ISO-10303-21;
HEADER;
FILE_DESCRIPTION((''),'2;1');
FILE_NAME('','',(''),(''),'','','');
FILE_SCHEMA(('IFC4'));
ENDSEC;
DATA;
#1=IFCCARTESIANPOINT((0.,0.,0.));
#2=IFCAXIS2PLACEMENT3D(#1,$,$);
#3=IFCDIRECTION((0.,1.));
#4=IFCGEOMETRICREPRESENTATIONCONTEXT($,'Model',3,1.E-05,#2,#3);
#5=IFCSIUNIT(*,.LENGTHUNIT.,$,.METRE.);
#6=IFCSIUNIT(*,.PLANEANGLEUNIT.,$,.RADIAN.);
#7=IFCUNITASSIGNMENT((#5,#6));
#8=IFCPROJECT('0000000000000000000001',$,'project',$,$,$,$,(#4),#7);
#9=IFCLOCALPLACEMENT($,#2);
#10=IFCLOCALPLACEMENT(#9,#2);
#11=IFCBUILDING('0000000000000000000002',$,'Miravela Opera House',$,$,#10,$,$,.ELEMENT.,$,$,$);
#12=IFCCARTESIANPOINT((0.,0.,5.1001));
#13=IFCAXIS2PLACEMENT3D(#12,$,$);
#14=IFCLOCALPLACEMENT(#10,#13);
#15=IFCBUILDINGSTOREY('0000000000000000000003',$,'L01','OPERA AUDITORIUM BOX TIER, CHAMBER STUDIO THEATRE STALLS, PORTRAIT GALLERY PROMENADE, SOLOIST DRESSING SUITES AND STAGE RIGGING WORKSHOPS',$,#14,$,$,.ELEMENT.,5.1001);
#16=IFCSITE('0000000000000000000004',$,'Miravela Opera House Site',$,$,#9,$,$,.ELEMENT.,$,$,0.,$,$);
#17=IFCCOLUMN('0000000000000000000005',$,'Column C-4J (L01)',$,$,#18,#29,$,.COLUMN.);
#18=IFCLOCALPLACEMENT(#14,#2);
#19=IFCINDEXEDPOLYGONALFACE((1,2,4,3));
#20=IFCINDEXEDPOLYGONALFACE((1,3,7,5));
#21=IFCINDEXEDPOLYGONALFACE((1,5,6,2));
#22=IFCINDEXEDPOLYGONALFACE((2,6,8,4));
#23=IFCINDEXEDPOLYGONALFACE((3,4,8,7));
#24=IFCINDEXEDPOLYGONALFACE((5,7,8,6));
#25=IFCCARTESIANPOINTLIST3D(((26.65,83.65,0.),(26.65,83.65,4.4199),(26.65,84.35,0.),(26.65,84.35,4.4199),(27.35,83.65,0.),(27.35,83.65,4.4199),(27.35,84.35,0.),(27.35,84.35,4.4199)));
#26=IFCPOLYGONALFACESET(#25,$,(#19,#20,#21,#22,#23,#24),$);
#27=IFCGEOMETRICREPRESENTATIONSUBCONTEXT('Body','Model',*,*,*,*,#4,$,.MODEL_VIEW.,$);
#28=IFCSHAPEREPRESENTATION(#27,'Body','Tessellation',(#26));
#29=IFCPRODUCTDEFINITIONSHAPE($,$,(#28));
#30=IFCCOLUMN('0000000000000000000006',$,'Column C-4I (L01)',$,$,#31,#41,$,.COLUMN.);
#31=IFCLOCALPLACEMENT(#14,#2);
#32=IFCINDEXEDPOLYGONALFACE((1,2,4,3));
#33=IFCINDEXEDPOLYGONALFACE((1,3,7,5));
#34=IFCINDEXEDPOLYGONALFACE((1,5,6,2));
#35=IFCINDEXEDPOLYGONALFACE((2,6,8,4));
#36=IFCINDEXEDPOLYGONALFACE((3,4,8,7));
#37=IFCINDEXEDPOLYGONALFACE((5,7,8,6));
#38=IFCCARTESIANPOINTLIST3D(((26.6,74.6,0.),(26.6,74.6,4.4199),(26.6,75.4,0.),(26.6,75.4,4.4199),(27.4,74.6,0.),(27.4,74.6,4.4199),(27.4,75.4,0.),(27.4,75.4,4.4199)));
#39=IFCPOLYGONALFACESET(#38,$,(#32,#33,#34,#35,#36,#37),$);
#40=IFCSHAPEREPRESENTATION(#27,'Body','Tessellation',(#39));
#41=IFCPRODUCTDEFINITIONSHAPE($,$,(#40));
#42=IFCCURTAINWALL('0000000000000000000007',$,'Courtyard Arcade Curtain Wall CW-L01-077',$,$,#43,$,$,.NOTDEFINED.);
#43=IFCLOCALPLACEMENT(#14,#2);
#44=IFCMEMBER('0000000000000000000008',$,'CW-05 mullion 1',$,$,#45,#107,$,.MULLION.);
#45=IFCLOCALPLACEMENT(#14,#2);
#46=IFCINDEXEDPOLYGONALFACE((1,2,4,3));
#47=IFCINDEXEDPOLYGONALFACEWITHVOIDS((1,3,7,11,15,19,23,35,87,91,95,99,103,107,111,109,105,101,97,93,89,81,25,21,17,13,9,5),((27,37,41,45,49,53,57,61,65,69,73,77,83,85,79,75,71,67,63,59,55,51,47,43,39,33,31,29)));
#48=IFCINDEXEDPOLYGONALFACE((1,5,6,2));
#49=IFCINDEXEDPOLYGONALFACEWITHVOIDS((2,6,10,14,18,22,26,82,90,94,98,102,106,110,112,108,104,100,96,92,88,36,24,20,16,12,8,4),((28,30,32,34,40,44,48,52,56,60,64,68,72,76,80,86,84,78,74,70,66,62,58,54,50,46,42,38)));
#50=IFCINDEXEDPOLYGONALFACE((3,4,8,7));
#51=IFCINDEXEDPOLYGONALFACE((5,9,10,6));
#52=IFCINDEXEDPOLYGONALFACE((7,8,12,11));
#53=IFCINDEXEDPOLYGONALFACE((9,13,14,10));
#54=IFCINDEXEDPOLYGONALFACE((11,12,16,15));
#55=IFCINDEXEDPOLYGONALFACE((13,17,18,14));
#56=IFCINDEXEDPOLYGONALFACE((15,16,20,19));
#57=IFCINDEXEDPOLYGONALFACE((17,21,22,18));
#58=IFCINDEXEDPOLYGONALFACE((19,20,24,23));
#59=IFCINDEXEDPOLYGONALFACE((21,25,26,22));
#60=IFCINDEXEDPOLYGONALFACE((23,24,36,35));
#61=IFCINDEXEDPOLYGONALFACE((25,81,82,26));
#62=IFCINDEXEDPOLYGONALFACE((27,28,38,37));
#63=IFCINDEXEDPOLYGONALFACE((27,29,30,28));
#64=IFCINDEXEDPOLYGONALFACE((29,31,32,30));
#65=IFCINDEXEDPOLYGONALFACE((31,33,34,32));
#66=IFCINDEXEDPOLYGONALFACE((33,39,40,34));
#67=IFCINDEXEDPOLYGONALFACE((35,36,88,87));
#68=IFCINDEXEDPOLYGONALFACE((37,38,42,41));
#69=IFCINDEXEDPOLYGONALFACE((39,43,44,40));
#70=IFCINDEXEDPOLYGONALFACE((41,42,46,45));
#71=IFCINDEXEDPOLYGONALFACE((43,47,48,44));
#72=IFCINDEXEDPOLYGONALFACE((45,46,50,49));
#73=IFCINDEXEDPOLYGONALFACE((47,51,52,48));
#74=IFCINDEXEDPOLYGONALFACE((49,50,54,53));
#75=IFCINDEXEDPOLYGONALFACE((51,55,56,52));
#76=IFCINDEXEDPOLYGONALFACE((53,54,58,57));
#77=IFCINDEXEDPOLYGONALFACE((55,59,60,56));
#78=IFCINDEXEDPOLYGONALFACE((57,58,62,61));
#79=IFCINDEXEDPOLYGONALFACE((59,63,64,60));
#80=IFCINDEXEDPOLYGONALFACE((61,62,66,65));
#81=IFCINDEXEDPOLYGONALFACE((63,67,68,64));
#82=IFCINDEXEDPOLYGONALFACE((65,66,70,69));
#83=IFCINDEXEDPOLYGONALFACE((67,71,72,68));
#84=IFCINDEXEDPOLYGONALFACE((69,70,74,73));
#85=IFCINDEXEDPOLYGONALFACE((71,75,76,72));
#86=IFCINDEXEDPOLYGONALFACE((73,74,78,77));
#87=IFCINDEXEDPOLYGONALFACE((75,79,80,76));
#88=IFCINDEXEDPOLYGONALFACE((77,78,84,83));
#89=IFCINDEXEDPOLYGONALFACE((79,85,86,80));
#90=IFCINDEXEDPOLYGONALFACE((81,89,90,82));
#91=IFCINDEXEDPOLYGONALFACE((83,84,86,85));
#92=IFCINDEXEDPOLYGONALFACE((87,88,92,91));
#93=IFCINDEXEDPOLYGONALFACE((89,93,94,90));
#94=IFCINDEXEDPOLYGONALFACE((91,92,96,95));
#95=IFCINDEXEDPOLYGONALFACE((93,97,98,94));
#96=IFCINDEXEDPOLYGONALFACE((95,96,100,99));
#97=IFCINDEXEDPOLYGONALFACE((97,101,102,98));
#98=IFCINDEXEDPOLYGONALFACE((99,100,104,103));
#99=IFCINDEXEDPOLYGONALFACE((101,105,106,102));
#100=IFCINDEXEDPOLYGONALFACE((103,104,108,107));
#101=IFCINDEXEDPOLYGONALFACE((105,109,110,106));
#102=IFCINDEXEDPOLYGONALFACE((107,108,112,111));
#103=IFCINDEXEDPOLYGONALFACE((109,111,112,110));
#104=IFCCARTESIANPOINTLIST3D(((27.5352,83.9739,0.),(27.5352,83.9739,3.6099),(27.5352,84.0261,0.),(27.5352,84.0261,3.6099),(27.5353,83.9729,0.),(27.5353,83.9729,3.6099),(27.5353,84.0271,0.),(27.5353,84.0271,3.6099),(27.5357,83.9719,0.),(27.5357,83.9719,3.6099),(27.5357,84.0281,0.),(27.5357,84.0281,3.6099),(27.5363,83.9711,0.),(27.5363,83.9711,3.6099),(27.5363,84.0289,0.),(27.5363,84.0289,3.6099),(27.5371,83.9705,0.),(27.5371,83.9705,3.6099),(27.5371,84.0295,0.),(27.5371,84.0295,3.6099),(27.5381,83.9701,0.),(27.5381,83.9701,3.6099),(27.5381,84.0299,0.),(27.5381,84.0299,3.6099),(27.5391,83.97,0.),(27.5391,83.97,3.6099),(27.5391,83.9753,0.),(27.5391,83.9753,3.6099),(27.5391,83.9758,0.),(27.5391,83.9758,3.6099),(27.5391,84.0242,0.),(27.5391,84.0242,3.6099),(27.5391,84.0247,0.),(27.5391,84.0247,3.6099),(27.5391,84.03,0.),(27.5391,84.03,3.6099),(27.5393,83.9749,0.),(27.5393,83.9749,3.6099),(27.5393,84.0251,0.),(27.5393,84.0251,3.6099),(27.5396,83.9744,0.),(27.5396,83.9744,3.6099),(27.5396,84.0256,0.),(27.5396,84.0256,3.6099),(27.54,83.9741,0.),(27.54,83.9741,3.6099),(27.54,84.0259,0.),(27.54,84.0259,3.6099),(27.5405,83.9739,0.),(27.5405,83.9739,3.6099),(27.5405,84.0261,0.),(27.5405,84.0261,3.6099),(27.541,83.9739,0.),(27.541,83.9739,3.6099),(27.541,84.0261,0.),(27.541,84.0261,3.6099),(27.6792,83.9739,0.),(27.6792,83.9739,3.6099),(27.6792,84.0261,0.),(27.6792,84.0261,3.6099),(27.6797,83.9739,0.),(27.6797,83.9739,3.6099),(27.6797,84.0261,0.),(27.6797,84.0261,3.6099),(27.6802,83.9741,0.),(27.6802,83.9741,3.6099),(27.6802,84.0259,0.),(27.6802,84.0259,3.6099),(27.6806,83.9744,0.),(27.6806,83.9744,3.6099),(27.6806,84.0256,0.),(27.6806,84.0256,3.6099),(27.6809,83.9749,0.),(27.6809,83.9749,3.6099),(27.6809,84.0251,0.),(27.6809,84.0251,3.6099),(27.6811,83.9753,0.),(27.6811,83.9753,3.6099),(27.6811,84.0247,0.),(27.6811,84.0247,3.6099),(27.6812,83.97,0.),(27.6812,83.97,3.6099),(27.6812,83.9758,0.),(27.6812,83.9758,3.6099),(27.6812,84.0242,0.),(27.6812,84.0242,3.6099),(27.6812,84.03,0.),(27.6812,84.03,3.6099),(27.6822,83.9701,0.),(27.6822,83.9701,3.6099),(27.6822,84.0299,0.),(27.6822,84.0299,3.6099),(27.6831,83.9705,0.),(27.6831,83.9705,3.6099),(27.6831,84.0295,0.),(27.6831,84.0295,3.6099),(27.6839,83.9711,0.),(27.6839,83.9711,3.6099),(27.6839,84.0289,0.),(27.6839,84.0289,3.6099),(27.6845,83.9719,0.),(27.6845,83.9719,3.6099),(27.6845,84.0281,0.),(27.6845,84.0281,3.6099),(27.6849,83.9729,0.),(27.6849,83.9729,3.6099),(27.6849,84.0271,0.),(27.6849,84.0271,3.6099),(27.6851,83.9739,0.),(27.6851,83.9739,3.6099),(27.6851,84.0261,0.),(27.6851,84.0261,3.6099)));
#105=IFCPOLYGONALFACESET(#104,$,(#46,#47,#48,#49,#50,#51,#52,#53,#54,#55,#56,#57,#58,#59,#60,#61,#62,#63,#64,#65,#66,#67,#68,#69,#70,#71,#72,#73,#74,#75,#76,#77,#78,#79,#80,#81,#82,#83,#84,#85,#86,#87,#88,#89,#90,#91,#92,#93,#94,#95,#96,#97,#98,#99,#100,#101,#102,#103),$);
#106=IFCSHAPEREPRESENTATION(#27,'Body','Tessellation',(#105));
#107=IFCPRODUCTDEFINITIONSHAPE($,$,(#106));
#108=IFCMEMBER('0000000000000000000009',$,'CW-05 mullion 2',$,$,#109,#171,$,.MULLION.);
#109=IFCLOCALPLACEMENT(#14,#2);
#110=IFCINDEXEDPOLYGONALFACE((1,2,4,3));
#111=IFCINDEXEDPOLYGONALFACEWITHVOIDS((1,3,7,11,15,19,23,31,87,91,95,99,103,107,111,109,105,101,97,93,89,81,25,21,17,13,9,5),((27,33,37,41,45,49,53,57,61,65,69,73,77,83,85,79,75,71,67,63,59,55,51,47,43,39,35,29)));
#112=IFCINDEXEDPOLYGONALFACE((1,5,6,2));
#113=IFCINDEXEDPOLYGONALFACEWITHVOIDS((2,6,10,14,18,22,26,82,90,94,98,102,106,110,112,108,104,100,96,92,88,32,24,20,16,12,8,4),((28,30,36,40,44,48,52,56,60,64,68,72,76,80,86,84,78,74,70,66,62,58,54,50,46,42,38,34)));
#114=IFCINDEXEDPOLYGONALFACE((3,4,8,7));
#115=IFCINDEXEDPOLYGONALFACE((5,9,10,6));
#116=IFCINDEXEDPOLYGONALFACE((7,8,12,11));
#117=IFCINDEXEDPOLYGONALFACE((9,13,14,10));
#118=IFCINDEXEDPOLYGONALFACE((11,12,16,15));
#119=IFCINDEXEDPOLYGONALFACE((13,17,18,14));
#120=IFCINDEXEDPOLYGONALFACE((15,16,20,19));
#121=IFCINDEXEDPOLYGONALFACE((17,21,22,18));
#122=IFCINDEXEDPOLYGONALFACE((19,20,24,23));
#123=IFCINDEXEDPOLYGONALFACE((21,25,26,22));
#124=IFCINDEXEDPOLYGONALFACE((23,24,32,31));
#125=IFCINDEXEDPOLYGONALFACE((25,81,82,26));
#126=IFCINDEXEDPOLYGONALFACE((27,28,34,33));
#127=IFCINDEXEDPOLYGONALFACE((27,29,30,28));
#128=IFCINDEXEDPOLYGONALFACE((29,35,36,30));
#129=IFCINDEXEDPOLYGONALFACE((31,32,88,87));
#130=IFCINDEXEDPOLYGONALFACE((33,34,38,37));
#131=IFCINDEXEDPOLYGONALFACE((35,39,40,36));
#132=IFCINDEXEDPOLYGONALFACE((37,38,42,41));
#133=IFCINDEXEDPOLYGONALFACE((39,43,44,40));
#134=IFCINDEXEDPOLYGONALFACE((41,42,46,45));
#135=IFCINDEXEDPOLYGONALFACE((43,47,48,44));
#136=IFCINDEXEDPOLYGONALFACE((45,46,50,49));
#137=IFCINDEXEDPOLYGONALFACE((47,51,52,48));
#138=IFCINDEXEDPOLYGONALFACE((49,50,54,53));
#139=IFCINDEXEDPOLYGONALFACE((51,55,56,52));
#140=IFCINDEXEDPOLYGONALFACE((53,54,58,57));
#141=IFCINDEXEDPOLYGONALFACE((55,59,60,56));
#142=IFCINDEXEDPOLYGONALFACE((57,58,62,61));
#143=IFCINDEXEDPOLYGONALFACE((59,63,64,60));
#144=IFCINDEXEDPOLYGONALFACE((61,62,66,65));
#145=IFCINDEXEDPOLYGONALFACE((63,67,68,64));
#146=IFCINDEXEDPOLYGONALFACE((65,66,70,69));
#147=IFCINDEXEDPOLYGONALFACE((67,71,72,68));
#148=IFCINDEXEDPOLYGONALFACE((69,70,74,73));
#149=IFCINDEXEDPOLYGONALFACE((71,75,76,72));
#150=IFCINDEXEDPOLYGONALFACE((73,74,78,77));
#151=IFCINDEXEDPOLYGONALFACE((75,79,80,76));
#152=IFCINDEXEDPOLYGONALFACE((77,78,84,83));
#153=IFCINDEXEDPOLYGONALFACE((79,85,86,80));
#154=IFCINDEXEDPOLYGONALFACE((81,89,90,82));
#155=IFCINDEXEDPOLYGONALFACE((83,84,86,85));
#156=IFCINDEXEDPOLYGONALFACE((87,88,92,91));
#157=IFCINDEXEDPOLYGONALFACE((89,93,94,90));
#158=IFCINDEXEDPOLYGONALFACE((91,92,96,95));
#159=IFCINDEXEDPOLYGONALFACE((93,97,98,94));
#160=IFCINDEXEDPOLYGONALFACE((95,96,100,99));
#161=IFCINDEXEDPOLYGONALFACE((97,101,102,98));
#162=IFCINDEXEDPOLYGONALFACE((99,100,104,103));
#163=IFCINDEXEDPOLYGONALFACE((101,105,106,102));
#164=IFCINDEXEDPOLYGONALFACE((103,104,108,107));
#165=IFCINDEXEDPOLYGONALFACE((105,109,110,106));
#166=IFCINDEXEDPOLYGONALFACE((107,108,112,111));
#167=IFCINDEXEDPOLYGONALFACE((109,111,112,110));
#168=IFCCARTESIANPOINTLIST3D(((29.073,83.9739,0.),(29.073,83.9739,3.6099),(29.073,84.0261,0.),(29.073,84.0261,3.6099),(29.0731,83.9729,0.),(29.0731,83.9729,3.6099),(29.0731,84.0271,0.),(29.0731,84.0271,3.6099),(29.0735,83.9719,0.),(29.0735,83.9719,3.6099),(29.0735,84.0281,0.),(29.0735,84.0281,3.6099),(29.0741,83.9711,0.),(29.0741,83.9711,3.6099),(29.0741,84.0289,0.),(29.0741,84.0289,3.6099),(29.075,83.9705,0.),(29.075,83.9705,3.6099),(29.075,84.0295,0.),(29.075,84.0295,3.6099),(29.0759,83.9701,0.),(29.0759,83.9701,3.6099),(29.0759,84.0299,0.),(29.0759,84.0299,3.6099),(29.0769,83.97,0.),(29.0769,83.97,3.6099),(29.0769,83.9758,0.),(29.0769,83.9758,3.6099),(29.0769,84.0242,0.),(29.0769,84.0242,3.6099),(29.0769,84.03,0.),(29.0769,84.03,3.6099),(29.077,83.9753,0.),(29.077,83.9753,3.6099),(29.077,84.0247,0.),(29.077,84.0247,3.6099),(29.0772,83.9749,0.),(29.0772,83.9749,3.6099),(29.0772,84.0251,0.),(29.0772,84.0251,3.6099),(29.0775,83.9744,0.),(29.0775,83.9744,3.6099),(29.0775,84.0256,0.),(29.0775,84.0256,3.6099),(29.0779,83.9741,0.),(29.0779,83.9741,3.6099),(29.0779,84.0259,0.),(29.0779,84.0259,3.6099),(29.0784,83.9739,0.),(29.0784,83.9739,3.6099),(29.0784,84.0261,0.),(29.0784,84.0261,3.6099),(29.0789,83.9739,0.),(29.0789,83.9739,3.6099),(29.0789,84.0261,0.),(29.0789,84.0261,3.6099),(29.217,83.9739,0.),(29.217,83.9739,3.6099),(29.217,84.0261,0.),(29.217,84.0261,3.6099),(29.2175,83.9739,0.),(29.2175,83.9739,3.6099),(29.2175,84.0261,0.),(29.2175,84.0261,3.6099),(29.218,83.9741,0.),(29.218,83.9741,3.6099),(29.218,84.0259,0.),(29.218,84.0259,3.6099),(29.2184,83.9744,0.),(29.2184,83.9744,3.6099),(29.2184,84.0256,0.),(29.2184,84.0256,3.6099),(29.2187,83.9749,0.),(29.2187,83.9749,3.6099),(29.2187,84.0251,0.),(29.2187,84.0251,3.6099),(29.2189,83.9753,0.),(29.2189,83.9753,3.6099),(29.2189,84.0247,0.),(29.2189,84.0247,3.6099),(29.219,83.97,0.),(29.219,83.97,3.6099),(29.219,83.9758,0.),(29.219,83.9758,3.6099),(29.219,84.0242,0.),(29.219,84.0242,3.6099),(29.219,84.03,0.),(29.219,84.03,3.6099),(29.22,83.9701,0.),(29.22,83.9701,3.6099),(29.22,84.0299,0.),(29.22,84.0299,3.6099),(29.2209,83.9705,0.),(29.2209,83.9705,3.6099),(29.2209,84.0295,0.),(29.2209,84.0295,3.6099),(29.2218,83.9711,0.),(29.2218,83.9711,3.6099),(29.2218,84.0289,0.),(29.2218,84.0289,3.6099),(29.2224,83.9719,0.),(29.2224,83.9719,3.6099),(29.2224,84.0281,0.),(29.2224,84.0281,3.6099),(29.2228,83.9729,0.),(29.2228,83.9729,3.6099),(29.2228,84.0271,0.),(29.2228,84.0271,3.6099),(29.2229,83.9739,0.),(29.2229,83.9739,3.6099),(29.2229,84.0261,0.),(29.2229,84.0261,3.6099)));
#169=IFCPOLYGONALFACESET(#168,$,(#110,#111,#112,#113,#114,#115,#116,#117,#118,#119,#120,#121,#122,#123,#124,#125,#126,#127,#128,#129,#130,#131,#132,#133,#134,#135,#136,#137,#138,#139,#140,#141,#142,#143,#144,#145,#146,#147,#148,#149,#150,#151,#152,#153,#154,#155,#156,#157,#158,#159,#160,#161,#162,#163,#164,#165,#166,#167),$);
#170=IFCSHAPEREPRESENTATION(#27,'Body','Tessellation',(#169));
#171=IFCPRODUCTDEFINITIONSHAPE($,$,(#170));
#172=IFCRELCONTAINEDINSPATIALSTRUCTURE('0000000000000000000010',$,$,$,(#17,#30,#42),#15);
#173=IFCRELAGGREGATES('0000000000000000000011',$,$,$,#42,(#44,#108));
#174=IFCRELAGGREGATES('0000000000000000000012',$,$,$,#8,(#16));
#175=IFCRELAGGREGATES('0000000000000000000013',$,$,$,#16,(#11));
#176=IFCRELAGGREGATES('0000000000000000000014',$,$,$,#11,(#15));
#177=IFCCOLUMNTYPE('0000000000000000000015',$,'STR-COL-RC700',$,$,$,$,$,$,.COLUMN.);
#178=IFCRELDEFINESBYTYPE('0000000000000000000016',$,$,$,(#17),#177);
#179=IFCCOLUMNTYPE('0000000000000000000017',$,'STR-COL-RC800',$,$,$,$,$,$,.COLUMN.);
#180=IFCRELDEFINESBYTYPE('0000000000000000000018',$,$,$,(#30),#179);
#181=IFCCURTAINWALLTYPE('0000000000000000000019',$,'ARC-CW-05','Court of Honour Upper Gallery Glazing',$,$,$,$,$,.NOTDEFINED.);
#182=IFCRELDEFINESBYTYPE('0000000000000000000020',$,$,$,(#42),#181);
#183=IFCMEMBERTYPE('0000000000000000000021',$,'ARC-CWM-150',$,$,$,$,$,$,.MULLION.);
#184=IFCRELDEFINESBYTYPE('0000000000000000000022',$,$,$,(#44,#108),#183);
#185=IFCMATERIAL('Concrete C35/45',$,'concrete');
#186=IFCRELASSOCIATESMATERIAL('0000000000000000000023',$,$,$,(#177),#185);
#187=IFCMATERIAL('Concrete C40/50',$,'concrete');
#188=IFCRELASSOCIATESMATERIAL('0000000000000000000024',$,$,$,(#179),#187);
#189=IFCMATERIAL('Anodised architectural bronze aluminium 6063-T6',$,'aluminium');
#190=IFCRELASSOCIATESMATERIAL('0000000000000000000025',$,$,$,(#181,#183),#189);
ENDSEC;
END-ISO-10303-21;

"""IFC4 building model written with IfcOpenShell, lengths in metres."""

from ifc_helpers import new_model, si_unit, direction, frame, origin, origin_2d, place, context, subcontext, project, spatial, rectangle, hollow_rectangle, extrude, material, material_profile, profile_set, type_object, element, aggregate, save


model = new_model("IFC4")

# Units and contexts
model_context = context("Model", 3, precision=1e-05, world=origin(), true_north=direction((0.0, 1.0)))
body_context = subcontext(model_context, "Body", "Model", "MODEL_VIEW")
ifc_project = project(units=[si_unit("LENGTHUNIT", "METRE"), si_unit("PLANEANGLEUNIT", "RADIAN")], contexts=[model_context])

# Site, building, storey
site_placement = place(None, origin())
site = spatial("IfcSite", under=ifc_project, at=site_placement, Name="Miravela Opera House Site", CompositionType="ELEMENT", RefElevation=0.0)
building_placement = place(site_placement, origin())
building = spatial("IfcBuilding", under=site, at=building_placement, Name="Miravela Opera House", CompositionType="ELEMENT")
storey_placement = place(building_placement, frame((0.0, 0.0, 5.1001)))
storey = spatial("IfcBuildingStorey", under=building, at=storey_placement, Name="L01", Description="OPERA AUDITORIUM BOX TIER, CHAMBER STUDIO THEATRE STALLS, PORTRAIT GALLERY PROMENADE, SOLOIST DRESSING SUITES AND STAGE RIGGING WORKSHOPS", CompositionType="ELEMENT", Elevation=5.1001)

# Columns
ifc_material_1 = material(Name="Concrete C35/45", Category="concrete")
ifc_material_profile_1 = material_profile(ifc_material_1, rectangle(XDim=0.7, YDim=0.7, at=origin_2d()), Name="RC-COL-700X700")
ifc_profile_set_1 = profile_set([ifc_material_profile_1])
column_type_1 = type_object("IfcColumnType", Name="STR-COL-RC700", PredefinedType="COLUMN", material=ifc_profile_set_1)
column_1_placement = place(storey_placement, frame((27.0, 84.0, 0.0), z_axis=(0.0, 0.0, 1.0), x_axis=(1.0, 0.0, 0.0)))
element("IfcColumn", 1, at=column_1_placement, inside=storey, type_object=column_type_1, Name="Column C-4J (L01)", PredefinedType="COLUMN", context=body_context, shape_type="SweptSolid", body=[
    extrude(rectangle(XDim=0.7, YDim=0.7, at=origin_2d()), origin(), (0.0, 0.0, 1.0), 4.4199),
])
ifc_material_2 = material(Name="Concrete C40/50", Category="concrete")
ifc_material_profile_2 = material_profile(ifc_material_2, rectangle(XDim=0.8, YDim=0.8, at=origin_2d()), Name="RC-COL-800X800")
ifc_profile_set_2 = profile_set([ifc_material_profile_2])
column_type_2 = type_object("IfcColumnType", Name="STR-COL-RC800", PredefinedType="COLUMN", material=ifc_profile_set_2)
column_2_placement = place(storey_placement, frame((27.0, 75.0, 0.0), z_axis=(0.0, 0.0, 1.0), x_axis=(1.0, 0.0, 0.0)))
element("IfcColumn", 2, at=column_2_placement, inside=storey, type_object=column_type_2, Name="Column C-4I (L01)", PredefinedType="COLUMN", context=body_context, shape_type="SweptSolid", body=[
    extrude(rectangle(XDim=0.8, YDim=0.8, at=origin_2d()), origin(), (0.0, 0.0, 1.0), 4.4199),
])

# Curtain wall, members
ifc_material_3 = material(Name="Anodised architectural bronze aluminium 6063-T6", Category="aluminium")
curtain_wall_type_1 = type_object("IfcCurtainWallType", Name="ARC-CW-05", Description="Court of Honour Upper Gallery Glazing", PredefinedType="NOTDEFINED", material=ifc_material_3)
curtain_wall_1_placement = place(storey_placement, origin())
curtain_wall_1 = element("IfcCurtainWall", 3, at=curtain_wall_1_placement, inside=storey, type_object=curtain_wall_type_1, Name="Courtyard Arcade Curtain Wall CW-L01-077", PredefinedType="NOTDEFINED")
ifc_material_profile_3 = material_profile(ifc_material_3, hollow_rectangle(XDim=0.0601, YDim=0.1499, WallThickness=0.0039, InnerFilletRadius=0.002, OuterFilletRadius=0.0039, at=origin_2d()), Name="CWM-60X150")
ifc_profile_set_3 = profile_set([ifc_material_profile_3])
member_type_1 = type_object("IfcMemberType", Name="ARC-CWM-150", PredefinedType="MULLION", material=ifc_profile_set_3)
member_1_placement = place(storey_placement, frame((27.6101, 84.0, 0.0), z_axis=(0.0, 0.0, 1.0), x_axis=(0.0, 1.0, 0.0)))
member_1 = element("IfcMember", 4, at=member_1_placement, type_object=member_type_1, Name="CW-05 mullion 1", PredefinedType="MULLION", context=body_context, shape_type="SweptSolid", body=[
    extrude(hollow_rectangle(XDim=0.0601, YDim=0.1499, WallThickness=0.0039, InnerFilletRadius=0.002, OuterFilletRadius=0.0039, at=origin_2d()), origin(), (0.0, 0.0, 1.0), 3.6099),
])
member_2_placement = place(storey_placement, frame((29.1479, 84.0, 0.0), z_axis=(0.0, 0.0, 1.0), x_axis=(0.0, 1.0, 0.0)))
member_2 = element("IfcMember", 5, at=member_2_placement, type_object=member_type_1, Name="CW-05 mullion 2", PredefinedType="MULLION", context=body_context, shape_type="SweptSolid", body=[
    extrude(hollow_rectangle(XDim=0.0601, YDim=0.1499, WallThickness=0.0039, InnerFilletRadius=0.002, OuterFilletRadius=0.0039, at=origin_2d()), origin(), (0.0, 0.0, 1.0), 3.6099),
])

aggregate(curtain_wall_1, [member_1, member_2])

save(model, "model.ifc")
